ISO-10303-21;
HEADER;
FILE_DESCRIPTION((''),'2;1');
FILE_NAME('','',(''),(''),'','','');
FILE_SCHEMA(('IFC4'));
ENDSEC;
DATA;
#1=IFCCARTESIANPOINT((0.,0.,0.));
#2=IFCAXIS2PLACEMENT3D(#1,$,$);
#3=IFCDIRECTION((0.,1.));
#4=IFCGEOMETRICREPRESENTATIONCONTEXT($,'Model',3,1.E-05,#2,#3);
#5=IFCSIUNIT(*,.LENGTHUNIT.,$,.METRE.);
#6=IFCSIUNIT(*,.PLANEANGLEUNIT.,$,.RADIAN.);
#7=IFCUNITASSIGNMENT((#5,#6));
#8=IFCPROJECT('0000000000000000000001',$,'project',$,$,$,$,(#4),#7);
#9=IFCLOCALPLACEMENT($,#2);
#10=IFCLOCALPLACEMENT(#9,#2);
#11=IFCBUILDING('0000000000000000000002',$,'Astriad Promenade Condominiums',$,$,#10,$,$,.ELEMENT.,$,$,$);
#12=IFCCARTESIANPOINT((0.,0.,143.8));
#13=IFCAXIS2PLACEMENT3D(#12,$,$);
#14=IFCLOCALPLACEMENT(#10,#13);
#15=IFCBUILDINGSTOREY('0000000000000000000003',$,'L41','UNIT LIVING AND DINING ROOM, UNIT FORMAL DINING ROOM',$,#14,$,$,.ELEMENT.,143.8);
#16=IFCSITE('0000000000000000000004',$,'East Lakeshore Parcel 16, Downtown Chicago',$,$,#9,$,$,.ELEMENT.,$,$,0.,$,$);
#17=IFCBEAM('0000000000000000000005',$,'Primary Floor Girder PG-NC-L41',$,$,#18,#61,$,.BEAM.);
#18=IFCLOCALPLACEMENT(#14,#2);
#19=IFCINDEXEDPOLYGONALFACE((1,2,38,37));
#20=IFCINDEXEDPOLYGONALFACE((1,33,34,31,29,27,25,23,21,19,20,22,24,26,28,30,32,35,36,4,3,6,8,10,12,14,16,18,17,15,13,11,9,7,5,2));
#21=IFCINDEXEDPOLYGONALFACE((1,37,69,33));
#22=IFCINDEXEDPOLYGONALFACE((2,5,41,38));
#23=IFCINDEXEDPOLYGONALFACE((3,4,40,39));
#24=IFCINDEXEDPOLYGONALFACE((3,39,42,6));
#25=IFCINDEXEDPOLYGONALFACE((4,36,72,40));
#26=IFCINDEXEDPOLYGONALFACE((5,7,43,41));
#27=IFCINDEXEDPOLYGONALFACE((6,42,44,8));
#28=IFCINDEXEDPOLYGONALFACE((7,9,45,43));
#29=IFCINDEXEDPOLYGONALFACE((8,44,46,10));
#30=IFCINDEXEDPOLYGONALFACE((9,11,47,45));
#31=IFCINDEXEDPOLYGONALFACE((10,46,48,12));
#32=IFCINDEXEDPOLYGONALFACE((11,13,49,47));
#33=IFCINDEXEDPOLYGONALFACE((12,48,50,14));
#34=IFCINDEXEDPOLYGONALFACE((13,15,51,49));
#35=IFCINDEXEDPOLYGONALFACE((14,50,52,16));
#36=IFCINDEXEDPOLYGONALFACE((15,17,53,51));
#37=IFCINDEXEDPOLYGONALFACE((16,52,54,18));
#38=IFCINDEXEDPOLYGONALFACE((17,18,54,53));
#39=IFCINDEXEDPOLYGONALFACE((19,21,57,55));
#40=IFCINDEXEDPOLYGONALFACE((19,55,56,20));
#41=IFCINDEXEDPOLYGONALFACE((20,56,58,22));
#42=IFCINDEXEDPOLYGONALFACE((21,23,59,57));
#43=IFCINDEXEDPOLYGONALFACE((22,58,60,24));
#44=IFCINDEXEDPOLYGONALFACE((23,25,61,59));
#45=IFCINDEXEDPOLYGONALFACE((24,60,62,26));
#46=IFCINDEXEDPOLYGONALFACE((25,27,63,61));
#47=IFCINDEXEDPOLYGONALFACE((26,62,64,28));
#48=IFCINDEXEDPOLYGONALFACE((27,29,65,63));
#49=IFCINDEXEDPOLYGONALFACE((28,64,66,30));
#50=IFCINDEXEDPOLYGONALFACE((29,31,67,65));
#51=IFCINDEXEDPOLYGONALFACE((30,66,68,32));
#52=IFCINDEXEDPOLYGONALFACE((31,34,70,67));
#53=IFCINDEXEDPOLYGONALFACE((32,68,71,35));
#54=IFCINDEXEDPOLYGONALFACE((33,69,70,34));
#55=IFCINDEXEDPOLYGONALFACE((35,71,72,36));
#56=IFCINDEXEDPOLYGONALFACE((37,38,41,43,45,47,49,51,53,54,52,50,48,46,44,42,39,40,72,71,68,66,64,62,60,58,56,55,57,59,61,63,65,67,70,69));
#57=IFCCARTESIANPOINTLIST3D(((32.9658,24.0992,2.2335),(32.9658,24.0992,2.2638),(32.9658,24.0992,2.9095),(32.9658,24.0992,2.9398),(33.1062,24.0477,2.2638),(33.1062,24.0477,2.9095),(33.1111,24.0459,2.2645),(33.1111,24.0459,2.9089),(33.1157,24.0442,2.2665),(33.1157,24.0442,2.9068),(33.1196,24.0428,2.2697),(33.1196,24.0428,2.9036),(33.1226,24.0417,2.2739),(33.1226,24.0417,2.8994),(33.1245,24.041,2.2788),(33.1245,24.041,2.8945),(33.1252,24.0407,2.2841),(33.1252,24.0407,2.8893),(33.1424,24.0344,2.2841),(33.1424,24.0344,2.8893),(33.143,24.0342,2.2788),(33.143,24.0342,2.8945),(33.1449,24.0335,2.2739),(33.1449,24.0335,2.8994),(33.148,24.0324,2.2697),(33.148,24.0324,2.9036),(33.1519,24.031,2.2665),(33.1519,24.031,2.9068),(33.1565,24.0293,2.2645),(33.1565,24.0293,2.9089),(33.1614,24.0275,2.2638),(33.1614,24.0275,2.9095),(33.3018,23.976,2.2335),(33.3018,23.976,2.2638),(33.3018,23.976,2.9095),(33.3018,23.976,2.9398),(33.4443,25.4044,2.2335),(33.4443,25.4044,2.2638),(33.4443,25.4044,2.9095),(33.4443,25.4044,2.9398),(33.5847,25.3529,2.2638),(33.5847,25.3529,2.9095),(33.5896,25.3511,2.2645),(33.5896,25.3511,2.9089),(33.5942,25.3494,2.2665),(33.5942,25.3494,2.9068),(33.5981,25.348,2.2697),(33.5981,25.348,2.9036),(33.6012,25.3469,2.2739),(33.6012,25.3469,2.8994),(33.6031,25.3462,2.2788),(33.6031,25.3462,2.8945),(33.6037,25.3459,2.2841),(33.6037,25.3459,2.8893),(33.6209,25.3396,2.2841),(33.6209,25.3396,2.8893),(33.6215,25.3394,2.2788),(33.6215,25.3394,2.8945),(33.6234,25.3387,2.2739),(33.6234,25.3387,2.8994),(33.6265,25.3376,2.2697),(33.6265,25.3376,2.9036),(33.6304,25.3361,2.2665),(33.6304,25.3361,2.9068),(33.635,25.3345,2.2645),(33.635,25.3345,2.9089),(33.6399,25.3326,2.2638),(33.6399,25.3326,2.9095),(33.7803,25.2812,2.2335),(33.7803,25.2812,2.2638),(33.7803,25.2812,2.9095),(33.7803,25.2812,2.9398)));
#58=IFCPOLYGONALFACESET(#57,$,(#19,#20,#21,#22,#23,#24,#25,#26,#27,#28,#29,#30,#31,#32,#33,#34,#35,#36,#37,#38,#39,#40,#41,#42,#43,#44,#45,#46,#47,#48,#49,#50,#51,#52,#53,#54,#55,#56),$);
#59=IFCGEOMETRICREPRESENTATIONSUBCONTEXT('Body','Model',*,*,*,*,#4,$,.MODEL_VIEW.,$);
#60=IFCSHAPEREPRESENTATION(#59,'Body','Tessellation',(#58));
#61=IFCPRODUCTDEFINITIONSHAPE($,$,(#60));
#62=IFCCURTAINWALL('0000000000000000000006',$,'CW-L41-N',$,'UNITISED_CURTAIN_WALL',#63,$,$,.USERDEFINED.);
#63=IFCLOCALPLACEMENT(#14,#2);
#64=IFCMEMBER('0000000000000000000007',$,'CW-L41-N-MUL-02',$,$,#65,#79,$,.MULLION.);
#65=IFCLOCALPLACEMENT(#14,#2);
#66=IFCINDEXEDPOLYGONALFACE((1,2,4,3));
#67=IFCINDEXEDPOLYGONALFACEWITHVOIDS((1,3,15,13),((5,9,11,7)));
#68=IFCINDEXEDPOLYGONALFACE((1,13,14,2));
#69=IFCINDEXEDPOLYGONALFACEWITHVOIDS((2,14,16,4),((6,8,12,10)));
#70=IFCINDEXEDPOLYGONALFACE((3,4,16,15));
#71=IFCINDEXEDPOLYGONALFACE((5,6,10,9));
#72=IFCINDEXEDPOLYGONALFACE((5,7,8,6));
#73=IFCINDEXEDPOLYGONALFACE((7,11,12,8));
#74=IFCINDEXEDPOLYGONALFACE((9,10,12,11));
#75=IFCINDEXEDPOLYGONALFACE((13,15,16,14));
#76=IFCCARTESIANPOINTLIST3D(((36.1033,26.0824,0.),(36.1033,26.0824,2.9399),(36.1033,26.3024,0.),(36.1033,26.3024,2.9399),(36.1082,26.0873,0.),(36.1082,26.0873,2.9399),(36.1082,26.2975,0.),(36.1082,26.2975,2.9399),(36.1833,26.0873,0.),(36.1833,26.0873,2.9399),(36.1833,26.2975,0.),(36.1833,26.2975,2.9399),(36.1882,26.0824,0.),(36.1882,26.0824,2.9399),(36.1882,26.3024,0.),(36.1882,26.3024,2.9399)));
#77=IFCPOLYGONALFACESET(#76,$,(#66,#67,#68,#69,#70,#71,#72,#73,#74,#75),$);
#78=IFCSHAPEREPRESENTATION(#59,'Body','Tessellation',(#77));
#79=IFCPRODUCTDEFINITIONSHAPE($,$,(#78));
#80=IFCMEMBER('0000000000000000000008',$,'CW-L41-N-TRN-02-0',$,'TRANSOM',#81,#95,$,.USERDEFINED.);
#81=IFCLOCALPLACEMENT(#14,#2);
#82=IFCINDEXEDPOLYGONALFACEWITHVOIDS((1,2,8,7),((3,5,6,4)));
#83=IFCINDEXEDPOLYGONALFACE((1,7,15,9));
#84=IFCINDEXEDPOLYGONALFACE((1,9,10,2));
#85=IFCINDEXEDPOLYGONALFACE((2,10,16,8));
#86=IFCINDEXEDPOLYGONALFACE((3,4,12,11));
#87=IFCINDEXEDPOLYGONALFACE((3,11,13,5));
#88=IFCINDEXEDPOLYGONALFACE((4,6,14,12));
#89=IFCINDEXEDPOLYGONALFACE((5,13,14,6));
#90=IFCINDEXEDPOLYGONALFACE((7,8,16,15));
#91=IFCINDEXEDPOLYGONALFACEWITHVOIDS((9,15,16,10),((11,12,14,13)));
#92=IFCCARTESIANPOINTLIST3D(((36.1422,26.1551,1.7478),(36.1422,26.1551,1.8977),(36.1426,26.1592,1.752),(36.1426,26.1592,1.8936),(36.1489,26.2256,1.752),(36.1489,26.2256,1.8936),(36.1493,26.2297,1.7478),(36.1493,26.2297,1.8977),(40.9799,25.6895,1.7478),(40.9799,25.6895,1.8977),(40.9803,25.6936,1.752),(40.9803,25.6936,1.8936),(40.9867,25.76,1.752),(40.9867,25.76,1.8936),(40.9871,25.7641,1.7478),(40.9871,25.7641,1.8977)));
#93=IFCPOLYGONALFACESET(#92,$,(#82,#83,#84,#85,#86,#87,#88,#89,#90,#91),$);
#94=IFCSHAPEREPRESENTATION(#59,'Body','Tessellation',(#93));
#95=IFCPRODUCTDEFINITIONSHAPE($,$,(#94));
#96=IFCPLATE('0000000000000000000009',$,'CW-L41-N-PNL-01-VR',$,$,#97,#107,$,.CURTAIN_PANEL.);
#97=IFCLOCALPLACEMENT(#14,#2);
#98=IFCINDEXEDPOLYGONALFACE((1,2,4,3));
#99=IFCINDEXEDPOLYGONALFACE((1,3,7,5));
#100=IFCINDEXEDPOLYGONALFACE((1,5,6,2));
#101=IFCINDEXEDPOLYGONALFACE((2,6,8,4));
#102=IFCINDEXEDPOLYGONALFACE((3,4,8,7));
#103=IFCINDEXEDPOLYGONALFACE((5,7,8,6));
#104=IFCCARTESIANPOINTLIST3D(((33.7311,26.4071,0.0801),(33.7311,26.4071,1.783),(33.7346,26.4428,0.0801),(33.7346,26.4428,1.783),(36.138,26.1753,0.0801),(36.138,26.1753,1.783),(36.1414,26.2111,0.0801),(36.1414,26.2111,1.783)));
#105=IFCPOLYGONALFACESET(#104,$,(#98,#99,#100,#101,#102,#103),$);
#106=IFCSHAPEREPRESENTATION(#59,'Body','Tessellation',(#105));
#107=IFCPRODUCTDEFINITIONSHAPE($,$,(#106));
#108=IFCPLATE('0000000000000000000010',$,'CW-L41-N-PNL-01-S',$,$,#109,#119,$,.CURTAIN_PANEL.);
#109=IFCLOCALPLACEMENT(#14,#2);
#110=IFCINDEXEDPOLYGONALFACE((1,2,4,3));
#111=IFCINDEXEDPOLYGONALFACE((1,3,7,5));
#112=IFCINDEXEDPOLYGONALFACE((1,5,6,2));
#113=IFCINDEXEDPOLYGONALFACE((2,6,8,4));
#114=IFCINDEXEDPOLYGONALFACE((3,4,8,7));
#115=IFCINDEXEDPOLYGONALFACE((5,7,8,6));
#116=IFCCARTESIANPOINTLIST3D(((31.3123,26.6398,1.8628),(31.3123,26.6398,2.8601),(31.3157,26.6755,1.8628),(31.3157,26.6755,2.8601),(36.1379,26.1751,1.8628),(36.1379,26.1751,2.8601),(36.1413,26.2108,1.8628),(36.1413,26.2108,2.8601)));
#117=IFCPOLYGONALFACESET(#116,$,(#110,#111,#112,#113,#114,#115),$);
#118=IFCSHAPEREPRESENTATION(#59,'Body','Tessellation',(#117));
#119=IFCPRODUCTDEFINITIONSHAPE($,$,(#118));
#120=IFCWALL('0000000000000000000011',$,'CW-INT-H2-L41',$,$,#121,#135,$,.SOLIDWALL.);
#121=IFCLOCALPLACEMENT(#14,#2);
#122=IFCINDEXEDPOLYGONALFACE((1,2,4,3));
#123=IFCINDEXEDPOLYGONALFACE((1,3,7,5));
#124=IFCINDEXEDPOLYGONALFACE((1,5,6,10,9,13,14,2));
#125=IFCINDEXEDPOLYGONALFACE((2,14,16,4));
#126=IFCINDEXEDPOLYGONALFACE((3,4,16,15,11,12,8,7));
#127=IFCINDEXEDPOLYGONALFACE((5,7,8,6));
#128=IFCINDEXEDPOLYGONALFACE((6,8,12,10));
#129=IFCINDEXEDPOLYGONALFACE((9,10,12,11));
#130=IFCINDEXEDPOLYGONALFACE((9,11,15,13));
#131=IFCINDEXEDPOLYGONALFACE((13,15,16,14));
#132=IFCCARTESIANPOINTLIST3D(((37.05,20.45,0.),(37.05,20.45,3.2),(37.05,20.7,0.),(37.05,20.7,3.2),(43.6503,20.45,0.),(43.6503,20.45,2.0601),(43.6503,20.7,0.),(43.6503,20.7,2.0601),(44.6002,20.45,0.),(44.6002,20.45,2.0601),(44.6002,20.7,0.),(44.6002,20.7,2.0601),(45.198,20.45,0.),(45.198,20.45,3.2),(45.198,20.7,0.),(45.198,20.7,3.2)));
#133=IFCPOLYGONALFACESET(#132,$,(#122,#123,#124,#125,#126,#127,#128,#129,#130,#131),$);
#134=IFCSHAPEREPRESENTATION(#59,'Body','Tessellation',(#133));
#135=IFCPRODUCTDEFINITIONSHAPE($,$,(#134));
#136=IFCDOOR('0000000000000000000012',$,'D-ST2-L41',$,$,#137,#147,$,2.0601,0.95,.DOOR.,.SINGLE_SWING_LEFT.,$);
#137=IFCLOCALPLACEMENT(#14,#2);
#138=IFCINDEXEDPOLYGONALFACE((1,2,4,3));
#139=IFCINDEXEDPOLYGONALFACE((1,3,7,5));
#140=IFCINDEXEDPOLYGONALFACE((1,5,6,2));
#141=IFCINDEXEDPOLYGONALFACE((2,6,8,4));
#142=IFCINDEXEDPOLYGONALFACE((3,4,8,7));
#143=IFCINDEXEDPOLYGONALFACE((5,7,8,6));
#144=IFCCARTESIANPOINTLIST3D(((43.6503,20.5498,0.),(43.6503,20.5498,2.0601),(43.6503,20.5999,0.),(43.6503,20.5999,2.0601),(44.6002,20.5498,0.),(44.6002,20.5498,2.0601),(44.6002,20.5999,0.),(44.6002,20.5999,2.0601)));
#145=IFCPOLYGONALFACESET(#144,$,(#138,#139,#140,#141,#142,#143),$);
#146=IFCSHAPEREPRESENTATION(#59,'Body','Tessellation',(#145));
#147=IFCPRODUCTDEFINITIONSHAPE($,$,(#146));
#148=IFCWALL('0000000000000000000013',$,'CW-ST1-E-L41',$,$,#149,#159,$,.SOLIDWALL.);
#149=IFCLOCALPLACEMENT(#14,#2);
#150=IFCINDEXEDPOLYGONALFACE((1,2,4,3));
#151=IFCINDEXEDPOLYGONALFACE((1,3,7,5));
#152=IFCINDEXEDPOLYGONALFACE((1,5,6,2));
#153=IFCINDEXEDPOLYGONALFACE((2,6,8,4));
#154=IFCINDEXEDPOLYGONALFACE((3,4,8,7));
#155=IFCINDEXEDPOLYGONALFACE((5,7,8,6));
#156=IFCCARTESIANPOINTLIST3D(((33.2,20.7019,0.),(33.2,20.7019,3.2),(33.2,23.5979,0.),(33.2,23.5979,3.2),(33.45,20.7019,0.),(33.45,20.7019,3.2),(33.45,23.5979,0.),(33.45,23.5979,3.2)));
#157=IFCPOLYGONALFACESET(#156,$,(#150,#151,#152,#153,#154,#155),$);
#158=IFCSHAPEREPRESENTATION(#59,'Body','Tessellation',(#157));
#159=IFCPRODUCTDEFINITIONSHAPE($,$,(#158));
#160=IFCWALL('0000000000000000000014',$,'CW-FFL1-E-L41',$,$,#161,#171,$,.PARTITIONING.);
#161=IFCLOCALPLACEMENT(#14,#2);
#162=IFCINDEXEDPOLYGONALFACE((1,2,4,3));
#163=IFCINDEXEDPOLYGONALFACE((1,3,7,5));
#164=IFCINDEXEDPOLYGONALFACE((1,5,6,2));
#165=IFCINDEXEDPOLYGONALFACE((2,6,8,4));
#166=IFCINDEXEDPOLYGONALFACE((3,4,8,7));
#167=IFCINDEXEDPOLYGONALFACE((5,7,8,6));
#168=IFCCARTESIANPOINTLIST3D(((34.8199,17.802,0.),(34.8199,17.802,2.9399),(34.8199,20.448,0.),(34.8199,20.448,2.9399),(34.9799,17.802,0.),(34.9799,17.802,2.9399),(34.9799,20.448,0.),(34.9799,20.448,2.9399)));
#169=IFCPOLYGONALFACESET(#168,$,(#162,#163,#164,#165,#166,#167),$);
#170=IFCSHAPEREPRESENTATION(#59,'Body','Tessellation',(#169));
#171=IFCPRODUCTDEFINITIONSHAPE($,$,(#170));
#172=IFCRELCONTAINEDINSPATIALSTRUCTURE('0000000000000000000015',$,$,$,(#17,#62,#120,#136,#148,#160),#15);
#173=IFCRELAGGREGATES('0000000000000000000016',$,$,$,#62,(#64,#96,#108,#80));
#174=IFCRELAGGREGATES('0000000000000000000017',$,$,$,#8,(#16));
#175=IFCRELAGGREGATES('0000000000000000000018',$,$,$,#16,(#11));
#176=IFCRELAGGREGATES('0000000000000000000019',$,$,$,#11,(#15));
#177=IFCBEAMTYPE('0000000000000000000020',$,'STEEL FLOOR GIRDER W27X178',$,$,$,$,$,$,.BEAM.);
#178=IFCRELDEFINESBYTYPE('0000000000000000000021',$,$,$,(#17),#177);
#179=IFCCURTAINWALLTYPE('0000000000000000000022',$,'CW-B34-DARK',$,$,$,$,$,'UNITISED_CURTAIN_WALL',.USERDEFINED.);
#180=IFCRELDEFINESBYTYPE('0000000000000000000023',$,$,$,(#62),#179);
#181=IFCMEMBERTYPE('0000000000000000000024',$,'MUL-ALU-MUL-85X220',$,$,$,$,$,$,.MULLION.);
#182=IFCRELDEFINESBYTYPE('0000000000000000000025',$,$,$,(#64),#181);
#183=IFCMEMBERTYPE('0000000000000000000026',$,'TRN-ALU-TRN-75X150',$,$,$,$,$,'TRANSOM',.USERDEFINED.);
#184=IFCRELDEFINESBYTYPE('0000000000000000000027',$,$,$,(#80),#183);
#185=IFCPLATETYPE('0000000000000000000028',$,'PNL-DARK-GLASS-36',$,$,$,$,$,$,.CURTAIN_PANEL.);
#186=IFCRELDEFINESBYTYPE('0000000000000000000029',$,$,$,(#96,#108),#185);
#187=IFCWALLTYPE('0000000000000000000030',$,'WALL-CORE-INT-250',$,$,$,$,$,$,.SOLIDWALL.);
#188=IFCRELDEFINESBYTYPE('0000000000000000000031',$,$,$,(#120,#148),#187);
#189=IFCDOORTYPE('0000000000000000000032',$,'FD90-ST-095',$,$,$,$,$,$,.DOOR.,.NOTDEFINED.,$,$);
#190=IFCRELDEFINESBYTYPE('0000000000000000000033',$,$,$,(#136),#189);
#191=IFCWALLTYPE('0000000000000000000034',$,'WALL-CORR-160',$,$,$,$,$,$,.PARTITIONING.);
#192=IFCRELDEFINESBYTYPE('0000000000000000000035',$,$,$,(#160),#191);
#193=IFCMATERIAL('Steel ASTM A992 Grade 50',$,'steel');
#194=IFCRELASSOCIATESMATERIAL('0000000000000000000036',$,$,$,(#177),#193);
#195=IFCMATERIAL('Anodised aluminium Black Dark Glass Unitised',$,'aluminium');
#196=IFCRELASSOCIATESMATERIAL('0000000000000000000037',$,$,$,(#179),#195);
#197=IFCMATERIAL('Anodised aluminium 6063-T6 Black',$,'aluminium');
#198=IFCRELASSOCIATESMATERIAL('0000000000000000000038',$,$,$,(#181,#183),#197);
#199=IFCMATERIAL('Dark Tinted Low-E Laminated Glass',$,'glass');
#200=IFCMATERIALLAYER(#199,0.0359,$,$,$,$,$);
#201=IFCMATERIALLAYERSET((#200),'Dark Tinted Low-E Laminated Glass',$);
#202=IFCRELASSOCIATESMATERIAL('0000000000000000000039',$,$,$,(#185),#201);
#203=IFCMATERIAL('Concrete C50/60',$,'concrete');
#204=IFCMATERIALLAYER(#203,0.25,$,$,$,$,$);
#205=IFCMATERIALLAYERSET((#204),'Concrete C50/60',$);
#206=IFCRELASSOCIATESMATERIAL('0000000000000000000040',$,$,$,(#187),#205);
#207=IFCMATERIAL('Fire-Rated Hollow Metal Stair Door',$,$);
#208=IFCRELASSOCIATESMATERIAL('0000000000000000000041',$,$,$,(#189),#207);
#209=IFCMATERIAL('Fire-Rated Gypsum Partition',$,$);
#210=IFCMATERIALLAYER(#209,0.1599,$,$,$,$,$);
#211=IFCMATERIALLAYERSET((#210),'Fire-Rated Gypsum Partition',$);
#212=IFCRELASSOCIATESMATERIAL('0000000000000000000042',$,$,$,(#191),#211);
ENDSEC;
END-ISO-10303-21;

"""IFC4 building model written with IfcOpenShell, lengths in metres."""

from ifc_helpers import new_model, si_unit, direction, frame, frame_2d, origin, origin_2d, place, context, subcontext, project, spatial, rectangle, hollow_rectangle, i_section, extrude, source, transform, mapped, material, layer, layer_set, material_profile, profile_set, type_object, type_shapes, element, fill, aggregate, save


model = new_model("IFC4")

# Units and contexts
model_context = context("Model", 3, precision=1e-05, world=origin(), true_north=direction((0.0, 1.0)))
body_context = subcontext(model_context, "Body", "Model", "MODEL_VIEW")
ifc_project = project(units=[si_unit("LENGTHUNIT", "METRE"), si_unit("PLANEANGLEUNIT", "RADIAN")], contexts=[model_context])

# Site, building, storey
site_placement = place(None, origin())
site = spatial("IfcSite", under=ifc_project, at=site_placement, Name="East Lakeshore Parcel 16, Downtown Chicago", CompositionType="ELEMENT", RefElevation=0.0)
building_placement = place(site_placement, origin())
building = spatial("IfcBuilding", under=site, at=building_placement, Name="Astriad Promenade Condominiums", CompositionType="ELEMENT")
storey_placement = place(building_placement, frame((0.0, 0.0, 143.8)))
storey = spatial("IfcBuildingStorey", under=building, at=storey_placement, Name="L41", Description="UNIT LIVING AND DINING ROOM, UNIT FORMAL DINING ROOM", CompositionType="ELEMENT", Elevation=143.8)

# Shared definitions
ifc_material_1 = material(Name="Steel ASTM A992 Grade 50", Category="steel")

# Beam
ifc_material_profile_1 = material_profile(ifc_material_1, i_section(OverallWidth=0.3579, OverallDepth=0.7063, WebThickness=0.0183, FlangeThickness=0.0303, FilletRadius=0.0203, at=origin_2d()), Name="W27X178")
ifc_profile_set_1 = profile_set([ifc_material_profile_1], Name="Steel ASTM A992 Grade 50")
beam_type_1 = type_object("IfcBeamType", Name="STEEL FLOOR GIRDER W27X178", PredefinedType="BEAM", material=ifc_profile_set_1)
shared_shape_1 = source(origin(), body_context, "Body", "SweptSolid", [
    extrude(i_section(OverallWidth=0.3579, OverallDepth=0.7063, WebThickness=0.0183, FlangeThickness=0.0303, FilletRadius=0.0203, at=origin_2d()), origin(), (0.0, 0.0, 1.0), 1.3901),
])
type_shapes(beam_type_1, [shared_shape_1])
beam_1_placement = place(storey_placement, frame((33.6123, 25.3428, 2.5867), z_axis=(-0.344224, -0.938888, 0.0), x_axis=(0.938888, -0.344224, 0.0)))
element("IfcBeam", 1, at=beam_1_placement, inside=storey, type_object=beam_type_1, Name="Primary Floor Girder PG-NC-L41", PredefinedType="BEAM", context=body_context, shape_type="MappedRepresentation", body=[
    mapped(shared_shape_1, transform((0.0, 0.0, 0.0), scale=1.0)),
])

# Curtain wall, members, plates
ifc_material_2 = material(Name="Anodised aluminium Black Dark Glass Unitised", Category="aluminium")
curtain_wall_type = type_object("IfcCurtainWallType", Name="CW-B34-DARK", ElementType="UNITISED_CURTAIN_WALL", PredefinedType="USERDEFINED", material=ifc_material_2)
curtain_wall_placement = place(storey_placement, origin())
curtain_wall = element("IfcCurtainWall", 2, at=curtain_wall_placement, inside=storey, type_object=curtain_wall_type, Name="CW-L41-N", ObjectType="UNITISED_CURTAIN_WALL", PredefinedType="USERDEFINED")
ifc_material_3 = material(Name="Anodised aluminium 6063-T6 Black", Category="aluminium")
ifc_material_profile_2 = material_profile(ifc_material_3, hollow_rectangle(XDim=0.085, YDim=0.22, WallThickness=0.0049, at=origin_2d()), Name="ALU-MUL-85X220")
ifc_profile_set_2 = profile_set([ifc_material_profile_2], Name="Anodised aluminium 6063-T6 Black")
member_type_1 = type_object("IfcMemberType", Name="MUL-ALU-MUL-85X220", PredefinedType="MULLION", material=ifc_profile_set_2)
shared_shape_2 = source(origin(), body_context, "Body", "SweptSolid", [
    extrude(hollow_rectangle(XDim=0.085, YDim=0.22, WallThickness=0.0049, at=origin_2d()), origin(), (0.0, 0.0, 1.0), 2.9399),
])
type_shapes(member_type_1, [shared_shape_2])
member_1_placement = place(storey_placement, frame((36.1458, 26.1924, 0.0), z_axis=(0.0, 0.0, 1.0), x_axis=(1.0, 0.0, 0.0)))
member_1 = element("IfcMember", 3, at=member_1_placement, type_object=member_type_1, Name="CW-L41-N-MUL-02", PredefinedType="MULLION", context=body_context, shape_type="MappedRepresentation", body=[
    mapped(shared_shape_2, transform((0.0, 0.0, 0.0), scale=1.0)),
])
ifc_material_profile_3 = material_profile(ifc_material_3, hollow_rectangle(XDim=0.075, YDim=0.1499, WallThickness=0.0042, at=origin_2d()), Name="ALU-TRN-75X150")
ifc_profile_set_3 = profile_set([ifc_material_profile_3], Name="Anodised aluminium 6063-T6 Black")
member_type_2 = type_object("IfcMemberType", Name="TRN-ALU-TRN-75X150", ElementType="TRANSOM", PredefinedType="USERDEFINED", material=ifc_profile_set_3)
shared_shape_3 = source(origin(), body_context, "Body", "SweptSolid", [
    extrude(hollow_rectangle(XDim=0.075, YDim=0.1499, WallThickness=0.0042, at=origin_2d()), origin(), (0.0, 0.0, 1.0), 4.8601),
])
type_shapes(member_type_2, [shared_shape_3])
member_2_placement = place(storey_placement, frame((36.1458, 26.1924, 1.8228), z_axis=(0.995401, -0.095798, 0.0), x_axis=(0.095798, 0.995401, 0.0)))
member_2 = element("IfcMember", 4, at=member_2_placement, type_object=member_type_2, Name="CW-L41-N-TRN-02-0", ObjectType="TRANSOM", PredefinedType="USERDEFINED", context=body_context, shape_type="MappedRepresentation", body=[
    mapped(shared_shape_3, transform((0.0, 0.0, 0.0), scale=1.0)),
])
ifc_material_4 = material(Name="Dark Tinted Low-E Laminated Glass", Category="glass")
ifc_layer_1 = layer(ifc_material_4, 0.0359)
ifc_layer_set_1 = layer_set([ifc_layer_1], Name="Dark Tinted Low-E Laminated Glass")
plate_type = type_object("IfcPlateType", Name="PNL-DARK-GLASS-36", PredefinedType="CURTAIN_PANEL", material=ifc_layer_set_1)
shared_shape_4 = source(origin(), body_context, "Body", "SweptSolid", [
    extrude(rectangle(XDim=2.418, YDim=0.0359, at=origin_2d()), origin(), (0.0, 0.0, 1.0), 1.7029),
])
plate_1_placement = place(storey_placement, frame((34.9363, 26.3091, 0.0801), z_axis=(0.0, 0.0, 1.0), x_axis=(0.995396, -0.095846, 0.0)))
plate_1 = element("IfcPlate", 5, at=plate_1_placement, type_object=plate_type, Name="CW-L41-N-PNL-01-VR", PredefinedType="CURTAIN_PANEL", context=body_context, shape_type="MappedRepresentation", body=[
    mapped(shared_shape_4, transform((0.0, 0.0, 0.0), scale=1.0)),
])
shared_shape_5 = source(origin(), body_context, "Body", "SweptSolid", [
    extrude(rectangle(XDim=4.8479, YDim=0.0359, at=origin_2d()), origin(), (0.0, 0.0, 1.0), 0.9973),
])
type_shapes(plate_type, [shared_shape_4, shared_shape_5])
plate_2_placement = place(storey_placement, frame((33.7268, 26.4253, 1.8628), z_axis=(0.0, 0.0, 1.0), x_axis=(0.995396, -0.095846, 0.0)))
plate_2 = element("IfcPlate", 6, at=plate_2_placement, type_object=plate_type, Name="CW-L41-N-PNL-01-S", PredefinedType="CURTAIN_PANEL", context=body_context, shape_type="MappedRepresentation", body=[
    mapped(shared_shape_5, transform((0.0, 0.0, 0.0), scale=1.0)),
])
aggregate(curtain_wall, [member_1, plate_1, plate_2, member_2])

# Wall, opening, door
ifc_material_5 = material(Name="Concrete C50/60", Category="concrete")
ifc_layer_2 = layer(ifc_material_5, 0.25)
ifc_layer_set_2 = layer_set([ifc_layer_2], Name="Concrete C50/60")
wall_type_1 = type_object("IfcWallType", Name="WALL-CORE-INT-250", PredefinedType="SOLIDWALL", material=ifc_layer_set_2)
wall_1_placement = place(storey_placement, frame((37.05, 20.575, 0.0), z_axis=(0.0, 0.0, 1.0), x_axis=(1.0, 0.0, 0.0)))
wall_1 = element("IfcWall", 7, at=wall_1_placement, inside=storey, type_object=wall_type_1, Name="CW-INT-H2-L41", PredefinedType="SOLIDWALL", context=body_context, shape_type="SweptSolid", body=[
    extrude(rectangle(XDim=8.1479, YDim=0.25, at=frame_2d((4.074, 0.0))), origin(), (0.0, 0.0, 1.0), 3.2),
])
opening_1_placement = place(wall_1_placement, frame((6.6001, 0.0, 0.0)))
opening_1 = element("IfcOpeningElement", 8, at=opening_1_placement, cuts=wall_1, PredefinedType="OPENING", context=body_context, shape_type="SweptSolid", body=[
    extrude(rectangle(XDim=0.95, YDim=2.0601, at=frame_2d((0.4751, 1.03))), frame((0.0, 0.135, 0.0), z_axis=(0.0, -1.0, 0.0), x_axis=(1.0, 0.0, 0.0)), (0.0, 0.0, 1.0), 0.27),
])
ifc_material_6 = material(Name="Fire-Rated Hollow Metal Stair Door")
door_type_1 = type_object("IfcDoorType", Name="FD90-ST-095", OperationType="NOTDEFINED", PredefinedType="DOOR", material=ifc_material_6)
shared_shape_6 = source(origin(), body_context, "Body", "SweptSolid", [
    extrude(rectangle(XDim=0.95, YDim=2.0601, at=frame_2d((0.4751, 1.03))), frame((0.0, 0.0249, 0.0), z_axis=(0.0, -1.0, 0.0), x_axis=(1.0, 0.0, 0.0)), (0.0, 0.0, 1.0), 0.05),
])
type_shapes(door_type_1, [shared_shape_6])
door_1_placement = place(opening_1_placement, origin())
door_1 = element("IfcDoor", 9, at=door_1_placement, inside=storey, type_object=door_type_1, Name="D-ST2-L41", OperationType="SINGLE_SWING_LEFT", OverallHeight=2.0601, OverallWidth=0.95, PredefinedType="DOOR", context=body_context, shape_type="MappedRepresentation", body=[
    mapped(shared_shape_6, transform((0.0, 0.0, 0.0), scale=1.0)),
])
fill(opening_1, door_1)

# Walls
wall_2_placement = place(storey_placement, frame((33.325, 20.7019, 0.0), z_axis=(0.0, 0.0, 1.0), x_axis=(0.0, 1.0, 0.0)))
element("IfcWall", 10, at=wall_2_placement, inside=storey, type_object=wall_type_1, Name="CW-ST1-E-L41", PredefinedType="SOLIDWALL", context=body_context, shape_type="SweptSolid", body=[
    extrude(rectangle(XDim=2.896, YDim=0.25, at=frame_2d((1.448, 0.0))), origin(), (0.0, 0.0, 1.0), 3.2),
])
ifc_material_7 = material(Name="Fire-Rated Gypsum Partition")
ifc_layer_3 = layer(ifc_material_7, 0.1599)
ifc_layer_set_3 = layer_set([ifc_layer_3], Name="Fire-Rated Gypsum Partition")
wall_type_2 = type_object("IfcWallType", Name="WALL-CORR-160", PredefinedType="PARTITIONING", material=ifc_layer_set_3)
wall_3_placement = place(storey_placement, frame((34.8999, 17.802, 0.0), z_axis=(0.0, 0.0, 1.0), x_axis=(0.0, 1.0, 0.0)))
element("IfcWall", 11, at=wall_3_placement, inside=storey, type_object=wall_type_2, Name="CW-FFL1-E-L41", PredefinedType="PARTITIONING", context=body_context, shape_type="SweptSolid", body=[
    extrude(rectangle(XDim=2.646, YDim=0.1599, at=frame_2d((1.323, 0.0))), origin(), (0.0, 0.0, 1.0), 2.9399),
])

save(model, "model.ifc")
